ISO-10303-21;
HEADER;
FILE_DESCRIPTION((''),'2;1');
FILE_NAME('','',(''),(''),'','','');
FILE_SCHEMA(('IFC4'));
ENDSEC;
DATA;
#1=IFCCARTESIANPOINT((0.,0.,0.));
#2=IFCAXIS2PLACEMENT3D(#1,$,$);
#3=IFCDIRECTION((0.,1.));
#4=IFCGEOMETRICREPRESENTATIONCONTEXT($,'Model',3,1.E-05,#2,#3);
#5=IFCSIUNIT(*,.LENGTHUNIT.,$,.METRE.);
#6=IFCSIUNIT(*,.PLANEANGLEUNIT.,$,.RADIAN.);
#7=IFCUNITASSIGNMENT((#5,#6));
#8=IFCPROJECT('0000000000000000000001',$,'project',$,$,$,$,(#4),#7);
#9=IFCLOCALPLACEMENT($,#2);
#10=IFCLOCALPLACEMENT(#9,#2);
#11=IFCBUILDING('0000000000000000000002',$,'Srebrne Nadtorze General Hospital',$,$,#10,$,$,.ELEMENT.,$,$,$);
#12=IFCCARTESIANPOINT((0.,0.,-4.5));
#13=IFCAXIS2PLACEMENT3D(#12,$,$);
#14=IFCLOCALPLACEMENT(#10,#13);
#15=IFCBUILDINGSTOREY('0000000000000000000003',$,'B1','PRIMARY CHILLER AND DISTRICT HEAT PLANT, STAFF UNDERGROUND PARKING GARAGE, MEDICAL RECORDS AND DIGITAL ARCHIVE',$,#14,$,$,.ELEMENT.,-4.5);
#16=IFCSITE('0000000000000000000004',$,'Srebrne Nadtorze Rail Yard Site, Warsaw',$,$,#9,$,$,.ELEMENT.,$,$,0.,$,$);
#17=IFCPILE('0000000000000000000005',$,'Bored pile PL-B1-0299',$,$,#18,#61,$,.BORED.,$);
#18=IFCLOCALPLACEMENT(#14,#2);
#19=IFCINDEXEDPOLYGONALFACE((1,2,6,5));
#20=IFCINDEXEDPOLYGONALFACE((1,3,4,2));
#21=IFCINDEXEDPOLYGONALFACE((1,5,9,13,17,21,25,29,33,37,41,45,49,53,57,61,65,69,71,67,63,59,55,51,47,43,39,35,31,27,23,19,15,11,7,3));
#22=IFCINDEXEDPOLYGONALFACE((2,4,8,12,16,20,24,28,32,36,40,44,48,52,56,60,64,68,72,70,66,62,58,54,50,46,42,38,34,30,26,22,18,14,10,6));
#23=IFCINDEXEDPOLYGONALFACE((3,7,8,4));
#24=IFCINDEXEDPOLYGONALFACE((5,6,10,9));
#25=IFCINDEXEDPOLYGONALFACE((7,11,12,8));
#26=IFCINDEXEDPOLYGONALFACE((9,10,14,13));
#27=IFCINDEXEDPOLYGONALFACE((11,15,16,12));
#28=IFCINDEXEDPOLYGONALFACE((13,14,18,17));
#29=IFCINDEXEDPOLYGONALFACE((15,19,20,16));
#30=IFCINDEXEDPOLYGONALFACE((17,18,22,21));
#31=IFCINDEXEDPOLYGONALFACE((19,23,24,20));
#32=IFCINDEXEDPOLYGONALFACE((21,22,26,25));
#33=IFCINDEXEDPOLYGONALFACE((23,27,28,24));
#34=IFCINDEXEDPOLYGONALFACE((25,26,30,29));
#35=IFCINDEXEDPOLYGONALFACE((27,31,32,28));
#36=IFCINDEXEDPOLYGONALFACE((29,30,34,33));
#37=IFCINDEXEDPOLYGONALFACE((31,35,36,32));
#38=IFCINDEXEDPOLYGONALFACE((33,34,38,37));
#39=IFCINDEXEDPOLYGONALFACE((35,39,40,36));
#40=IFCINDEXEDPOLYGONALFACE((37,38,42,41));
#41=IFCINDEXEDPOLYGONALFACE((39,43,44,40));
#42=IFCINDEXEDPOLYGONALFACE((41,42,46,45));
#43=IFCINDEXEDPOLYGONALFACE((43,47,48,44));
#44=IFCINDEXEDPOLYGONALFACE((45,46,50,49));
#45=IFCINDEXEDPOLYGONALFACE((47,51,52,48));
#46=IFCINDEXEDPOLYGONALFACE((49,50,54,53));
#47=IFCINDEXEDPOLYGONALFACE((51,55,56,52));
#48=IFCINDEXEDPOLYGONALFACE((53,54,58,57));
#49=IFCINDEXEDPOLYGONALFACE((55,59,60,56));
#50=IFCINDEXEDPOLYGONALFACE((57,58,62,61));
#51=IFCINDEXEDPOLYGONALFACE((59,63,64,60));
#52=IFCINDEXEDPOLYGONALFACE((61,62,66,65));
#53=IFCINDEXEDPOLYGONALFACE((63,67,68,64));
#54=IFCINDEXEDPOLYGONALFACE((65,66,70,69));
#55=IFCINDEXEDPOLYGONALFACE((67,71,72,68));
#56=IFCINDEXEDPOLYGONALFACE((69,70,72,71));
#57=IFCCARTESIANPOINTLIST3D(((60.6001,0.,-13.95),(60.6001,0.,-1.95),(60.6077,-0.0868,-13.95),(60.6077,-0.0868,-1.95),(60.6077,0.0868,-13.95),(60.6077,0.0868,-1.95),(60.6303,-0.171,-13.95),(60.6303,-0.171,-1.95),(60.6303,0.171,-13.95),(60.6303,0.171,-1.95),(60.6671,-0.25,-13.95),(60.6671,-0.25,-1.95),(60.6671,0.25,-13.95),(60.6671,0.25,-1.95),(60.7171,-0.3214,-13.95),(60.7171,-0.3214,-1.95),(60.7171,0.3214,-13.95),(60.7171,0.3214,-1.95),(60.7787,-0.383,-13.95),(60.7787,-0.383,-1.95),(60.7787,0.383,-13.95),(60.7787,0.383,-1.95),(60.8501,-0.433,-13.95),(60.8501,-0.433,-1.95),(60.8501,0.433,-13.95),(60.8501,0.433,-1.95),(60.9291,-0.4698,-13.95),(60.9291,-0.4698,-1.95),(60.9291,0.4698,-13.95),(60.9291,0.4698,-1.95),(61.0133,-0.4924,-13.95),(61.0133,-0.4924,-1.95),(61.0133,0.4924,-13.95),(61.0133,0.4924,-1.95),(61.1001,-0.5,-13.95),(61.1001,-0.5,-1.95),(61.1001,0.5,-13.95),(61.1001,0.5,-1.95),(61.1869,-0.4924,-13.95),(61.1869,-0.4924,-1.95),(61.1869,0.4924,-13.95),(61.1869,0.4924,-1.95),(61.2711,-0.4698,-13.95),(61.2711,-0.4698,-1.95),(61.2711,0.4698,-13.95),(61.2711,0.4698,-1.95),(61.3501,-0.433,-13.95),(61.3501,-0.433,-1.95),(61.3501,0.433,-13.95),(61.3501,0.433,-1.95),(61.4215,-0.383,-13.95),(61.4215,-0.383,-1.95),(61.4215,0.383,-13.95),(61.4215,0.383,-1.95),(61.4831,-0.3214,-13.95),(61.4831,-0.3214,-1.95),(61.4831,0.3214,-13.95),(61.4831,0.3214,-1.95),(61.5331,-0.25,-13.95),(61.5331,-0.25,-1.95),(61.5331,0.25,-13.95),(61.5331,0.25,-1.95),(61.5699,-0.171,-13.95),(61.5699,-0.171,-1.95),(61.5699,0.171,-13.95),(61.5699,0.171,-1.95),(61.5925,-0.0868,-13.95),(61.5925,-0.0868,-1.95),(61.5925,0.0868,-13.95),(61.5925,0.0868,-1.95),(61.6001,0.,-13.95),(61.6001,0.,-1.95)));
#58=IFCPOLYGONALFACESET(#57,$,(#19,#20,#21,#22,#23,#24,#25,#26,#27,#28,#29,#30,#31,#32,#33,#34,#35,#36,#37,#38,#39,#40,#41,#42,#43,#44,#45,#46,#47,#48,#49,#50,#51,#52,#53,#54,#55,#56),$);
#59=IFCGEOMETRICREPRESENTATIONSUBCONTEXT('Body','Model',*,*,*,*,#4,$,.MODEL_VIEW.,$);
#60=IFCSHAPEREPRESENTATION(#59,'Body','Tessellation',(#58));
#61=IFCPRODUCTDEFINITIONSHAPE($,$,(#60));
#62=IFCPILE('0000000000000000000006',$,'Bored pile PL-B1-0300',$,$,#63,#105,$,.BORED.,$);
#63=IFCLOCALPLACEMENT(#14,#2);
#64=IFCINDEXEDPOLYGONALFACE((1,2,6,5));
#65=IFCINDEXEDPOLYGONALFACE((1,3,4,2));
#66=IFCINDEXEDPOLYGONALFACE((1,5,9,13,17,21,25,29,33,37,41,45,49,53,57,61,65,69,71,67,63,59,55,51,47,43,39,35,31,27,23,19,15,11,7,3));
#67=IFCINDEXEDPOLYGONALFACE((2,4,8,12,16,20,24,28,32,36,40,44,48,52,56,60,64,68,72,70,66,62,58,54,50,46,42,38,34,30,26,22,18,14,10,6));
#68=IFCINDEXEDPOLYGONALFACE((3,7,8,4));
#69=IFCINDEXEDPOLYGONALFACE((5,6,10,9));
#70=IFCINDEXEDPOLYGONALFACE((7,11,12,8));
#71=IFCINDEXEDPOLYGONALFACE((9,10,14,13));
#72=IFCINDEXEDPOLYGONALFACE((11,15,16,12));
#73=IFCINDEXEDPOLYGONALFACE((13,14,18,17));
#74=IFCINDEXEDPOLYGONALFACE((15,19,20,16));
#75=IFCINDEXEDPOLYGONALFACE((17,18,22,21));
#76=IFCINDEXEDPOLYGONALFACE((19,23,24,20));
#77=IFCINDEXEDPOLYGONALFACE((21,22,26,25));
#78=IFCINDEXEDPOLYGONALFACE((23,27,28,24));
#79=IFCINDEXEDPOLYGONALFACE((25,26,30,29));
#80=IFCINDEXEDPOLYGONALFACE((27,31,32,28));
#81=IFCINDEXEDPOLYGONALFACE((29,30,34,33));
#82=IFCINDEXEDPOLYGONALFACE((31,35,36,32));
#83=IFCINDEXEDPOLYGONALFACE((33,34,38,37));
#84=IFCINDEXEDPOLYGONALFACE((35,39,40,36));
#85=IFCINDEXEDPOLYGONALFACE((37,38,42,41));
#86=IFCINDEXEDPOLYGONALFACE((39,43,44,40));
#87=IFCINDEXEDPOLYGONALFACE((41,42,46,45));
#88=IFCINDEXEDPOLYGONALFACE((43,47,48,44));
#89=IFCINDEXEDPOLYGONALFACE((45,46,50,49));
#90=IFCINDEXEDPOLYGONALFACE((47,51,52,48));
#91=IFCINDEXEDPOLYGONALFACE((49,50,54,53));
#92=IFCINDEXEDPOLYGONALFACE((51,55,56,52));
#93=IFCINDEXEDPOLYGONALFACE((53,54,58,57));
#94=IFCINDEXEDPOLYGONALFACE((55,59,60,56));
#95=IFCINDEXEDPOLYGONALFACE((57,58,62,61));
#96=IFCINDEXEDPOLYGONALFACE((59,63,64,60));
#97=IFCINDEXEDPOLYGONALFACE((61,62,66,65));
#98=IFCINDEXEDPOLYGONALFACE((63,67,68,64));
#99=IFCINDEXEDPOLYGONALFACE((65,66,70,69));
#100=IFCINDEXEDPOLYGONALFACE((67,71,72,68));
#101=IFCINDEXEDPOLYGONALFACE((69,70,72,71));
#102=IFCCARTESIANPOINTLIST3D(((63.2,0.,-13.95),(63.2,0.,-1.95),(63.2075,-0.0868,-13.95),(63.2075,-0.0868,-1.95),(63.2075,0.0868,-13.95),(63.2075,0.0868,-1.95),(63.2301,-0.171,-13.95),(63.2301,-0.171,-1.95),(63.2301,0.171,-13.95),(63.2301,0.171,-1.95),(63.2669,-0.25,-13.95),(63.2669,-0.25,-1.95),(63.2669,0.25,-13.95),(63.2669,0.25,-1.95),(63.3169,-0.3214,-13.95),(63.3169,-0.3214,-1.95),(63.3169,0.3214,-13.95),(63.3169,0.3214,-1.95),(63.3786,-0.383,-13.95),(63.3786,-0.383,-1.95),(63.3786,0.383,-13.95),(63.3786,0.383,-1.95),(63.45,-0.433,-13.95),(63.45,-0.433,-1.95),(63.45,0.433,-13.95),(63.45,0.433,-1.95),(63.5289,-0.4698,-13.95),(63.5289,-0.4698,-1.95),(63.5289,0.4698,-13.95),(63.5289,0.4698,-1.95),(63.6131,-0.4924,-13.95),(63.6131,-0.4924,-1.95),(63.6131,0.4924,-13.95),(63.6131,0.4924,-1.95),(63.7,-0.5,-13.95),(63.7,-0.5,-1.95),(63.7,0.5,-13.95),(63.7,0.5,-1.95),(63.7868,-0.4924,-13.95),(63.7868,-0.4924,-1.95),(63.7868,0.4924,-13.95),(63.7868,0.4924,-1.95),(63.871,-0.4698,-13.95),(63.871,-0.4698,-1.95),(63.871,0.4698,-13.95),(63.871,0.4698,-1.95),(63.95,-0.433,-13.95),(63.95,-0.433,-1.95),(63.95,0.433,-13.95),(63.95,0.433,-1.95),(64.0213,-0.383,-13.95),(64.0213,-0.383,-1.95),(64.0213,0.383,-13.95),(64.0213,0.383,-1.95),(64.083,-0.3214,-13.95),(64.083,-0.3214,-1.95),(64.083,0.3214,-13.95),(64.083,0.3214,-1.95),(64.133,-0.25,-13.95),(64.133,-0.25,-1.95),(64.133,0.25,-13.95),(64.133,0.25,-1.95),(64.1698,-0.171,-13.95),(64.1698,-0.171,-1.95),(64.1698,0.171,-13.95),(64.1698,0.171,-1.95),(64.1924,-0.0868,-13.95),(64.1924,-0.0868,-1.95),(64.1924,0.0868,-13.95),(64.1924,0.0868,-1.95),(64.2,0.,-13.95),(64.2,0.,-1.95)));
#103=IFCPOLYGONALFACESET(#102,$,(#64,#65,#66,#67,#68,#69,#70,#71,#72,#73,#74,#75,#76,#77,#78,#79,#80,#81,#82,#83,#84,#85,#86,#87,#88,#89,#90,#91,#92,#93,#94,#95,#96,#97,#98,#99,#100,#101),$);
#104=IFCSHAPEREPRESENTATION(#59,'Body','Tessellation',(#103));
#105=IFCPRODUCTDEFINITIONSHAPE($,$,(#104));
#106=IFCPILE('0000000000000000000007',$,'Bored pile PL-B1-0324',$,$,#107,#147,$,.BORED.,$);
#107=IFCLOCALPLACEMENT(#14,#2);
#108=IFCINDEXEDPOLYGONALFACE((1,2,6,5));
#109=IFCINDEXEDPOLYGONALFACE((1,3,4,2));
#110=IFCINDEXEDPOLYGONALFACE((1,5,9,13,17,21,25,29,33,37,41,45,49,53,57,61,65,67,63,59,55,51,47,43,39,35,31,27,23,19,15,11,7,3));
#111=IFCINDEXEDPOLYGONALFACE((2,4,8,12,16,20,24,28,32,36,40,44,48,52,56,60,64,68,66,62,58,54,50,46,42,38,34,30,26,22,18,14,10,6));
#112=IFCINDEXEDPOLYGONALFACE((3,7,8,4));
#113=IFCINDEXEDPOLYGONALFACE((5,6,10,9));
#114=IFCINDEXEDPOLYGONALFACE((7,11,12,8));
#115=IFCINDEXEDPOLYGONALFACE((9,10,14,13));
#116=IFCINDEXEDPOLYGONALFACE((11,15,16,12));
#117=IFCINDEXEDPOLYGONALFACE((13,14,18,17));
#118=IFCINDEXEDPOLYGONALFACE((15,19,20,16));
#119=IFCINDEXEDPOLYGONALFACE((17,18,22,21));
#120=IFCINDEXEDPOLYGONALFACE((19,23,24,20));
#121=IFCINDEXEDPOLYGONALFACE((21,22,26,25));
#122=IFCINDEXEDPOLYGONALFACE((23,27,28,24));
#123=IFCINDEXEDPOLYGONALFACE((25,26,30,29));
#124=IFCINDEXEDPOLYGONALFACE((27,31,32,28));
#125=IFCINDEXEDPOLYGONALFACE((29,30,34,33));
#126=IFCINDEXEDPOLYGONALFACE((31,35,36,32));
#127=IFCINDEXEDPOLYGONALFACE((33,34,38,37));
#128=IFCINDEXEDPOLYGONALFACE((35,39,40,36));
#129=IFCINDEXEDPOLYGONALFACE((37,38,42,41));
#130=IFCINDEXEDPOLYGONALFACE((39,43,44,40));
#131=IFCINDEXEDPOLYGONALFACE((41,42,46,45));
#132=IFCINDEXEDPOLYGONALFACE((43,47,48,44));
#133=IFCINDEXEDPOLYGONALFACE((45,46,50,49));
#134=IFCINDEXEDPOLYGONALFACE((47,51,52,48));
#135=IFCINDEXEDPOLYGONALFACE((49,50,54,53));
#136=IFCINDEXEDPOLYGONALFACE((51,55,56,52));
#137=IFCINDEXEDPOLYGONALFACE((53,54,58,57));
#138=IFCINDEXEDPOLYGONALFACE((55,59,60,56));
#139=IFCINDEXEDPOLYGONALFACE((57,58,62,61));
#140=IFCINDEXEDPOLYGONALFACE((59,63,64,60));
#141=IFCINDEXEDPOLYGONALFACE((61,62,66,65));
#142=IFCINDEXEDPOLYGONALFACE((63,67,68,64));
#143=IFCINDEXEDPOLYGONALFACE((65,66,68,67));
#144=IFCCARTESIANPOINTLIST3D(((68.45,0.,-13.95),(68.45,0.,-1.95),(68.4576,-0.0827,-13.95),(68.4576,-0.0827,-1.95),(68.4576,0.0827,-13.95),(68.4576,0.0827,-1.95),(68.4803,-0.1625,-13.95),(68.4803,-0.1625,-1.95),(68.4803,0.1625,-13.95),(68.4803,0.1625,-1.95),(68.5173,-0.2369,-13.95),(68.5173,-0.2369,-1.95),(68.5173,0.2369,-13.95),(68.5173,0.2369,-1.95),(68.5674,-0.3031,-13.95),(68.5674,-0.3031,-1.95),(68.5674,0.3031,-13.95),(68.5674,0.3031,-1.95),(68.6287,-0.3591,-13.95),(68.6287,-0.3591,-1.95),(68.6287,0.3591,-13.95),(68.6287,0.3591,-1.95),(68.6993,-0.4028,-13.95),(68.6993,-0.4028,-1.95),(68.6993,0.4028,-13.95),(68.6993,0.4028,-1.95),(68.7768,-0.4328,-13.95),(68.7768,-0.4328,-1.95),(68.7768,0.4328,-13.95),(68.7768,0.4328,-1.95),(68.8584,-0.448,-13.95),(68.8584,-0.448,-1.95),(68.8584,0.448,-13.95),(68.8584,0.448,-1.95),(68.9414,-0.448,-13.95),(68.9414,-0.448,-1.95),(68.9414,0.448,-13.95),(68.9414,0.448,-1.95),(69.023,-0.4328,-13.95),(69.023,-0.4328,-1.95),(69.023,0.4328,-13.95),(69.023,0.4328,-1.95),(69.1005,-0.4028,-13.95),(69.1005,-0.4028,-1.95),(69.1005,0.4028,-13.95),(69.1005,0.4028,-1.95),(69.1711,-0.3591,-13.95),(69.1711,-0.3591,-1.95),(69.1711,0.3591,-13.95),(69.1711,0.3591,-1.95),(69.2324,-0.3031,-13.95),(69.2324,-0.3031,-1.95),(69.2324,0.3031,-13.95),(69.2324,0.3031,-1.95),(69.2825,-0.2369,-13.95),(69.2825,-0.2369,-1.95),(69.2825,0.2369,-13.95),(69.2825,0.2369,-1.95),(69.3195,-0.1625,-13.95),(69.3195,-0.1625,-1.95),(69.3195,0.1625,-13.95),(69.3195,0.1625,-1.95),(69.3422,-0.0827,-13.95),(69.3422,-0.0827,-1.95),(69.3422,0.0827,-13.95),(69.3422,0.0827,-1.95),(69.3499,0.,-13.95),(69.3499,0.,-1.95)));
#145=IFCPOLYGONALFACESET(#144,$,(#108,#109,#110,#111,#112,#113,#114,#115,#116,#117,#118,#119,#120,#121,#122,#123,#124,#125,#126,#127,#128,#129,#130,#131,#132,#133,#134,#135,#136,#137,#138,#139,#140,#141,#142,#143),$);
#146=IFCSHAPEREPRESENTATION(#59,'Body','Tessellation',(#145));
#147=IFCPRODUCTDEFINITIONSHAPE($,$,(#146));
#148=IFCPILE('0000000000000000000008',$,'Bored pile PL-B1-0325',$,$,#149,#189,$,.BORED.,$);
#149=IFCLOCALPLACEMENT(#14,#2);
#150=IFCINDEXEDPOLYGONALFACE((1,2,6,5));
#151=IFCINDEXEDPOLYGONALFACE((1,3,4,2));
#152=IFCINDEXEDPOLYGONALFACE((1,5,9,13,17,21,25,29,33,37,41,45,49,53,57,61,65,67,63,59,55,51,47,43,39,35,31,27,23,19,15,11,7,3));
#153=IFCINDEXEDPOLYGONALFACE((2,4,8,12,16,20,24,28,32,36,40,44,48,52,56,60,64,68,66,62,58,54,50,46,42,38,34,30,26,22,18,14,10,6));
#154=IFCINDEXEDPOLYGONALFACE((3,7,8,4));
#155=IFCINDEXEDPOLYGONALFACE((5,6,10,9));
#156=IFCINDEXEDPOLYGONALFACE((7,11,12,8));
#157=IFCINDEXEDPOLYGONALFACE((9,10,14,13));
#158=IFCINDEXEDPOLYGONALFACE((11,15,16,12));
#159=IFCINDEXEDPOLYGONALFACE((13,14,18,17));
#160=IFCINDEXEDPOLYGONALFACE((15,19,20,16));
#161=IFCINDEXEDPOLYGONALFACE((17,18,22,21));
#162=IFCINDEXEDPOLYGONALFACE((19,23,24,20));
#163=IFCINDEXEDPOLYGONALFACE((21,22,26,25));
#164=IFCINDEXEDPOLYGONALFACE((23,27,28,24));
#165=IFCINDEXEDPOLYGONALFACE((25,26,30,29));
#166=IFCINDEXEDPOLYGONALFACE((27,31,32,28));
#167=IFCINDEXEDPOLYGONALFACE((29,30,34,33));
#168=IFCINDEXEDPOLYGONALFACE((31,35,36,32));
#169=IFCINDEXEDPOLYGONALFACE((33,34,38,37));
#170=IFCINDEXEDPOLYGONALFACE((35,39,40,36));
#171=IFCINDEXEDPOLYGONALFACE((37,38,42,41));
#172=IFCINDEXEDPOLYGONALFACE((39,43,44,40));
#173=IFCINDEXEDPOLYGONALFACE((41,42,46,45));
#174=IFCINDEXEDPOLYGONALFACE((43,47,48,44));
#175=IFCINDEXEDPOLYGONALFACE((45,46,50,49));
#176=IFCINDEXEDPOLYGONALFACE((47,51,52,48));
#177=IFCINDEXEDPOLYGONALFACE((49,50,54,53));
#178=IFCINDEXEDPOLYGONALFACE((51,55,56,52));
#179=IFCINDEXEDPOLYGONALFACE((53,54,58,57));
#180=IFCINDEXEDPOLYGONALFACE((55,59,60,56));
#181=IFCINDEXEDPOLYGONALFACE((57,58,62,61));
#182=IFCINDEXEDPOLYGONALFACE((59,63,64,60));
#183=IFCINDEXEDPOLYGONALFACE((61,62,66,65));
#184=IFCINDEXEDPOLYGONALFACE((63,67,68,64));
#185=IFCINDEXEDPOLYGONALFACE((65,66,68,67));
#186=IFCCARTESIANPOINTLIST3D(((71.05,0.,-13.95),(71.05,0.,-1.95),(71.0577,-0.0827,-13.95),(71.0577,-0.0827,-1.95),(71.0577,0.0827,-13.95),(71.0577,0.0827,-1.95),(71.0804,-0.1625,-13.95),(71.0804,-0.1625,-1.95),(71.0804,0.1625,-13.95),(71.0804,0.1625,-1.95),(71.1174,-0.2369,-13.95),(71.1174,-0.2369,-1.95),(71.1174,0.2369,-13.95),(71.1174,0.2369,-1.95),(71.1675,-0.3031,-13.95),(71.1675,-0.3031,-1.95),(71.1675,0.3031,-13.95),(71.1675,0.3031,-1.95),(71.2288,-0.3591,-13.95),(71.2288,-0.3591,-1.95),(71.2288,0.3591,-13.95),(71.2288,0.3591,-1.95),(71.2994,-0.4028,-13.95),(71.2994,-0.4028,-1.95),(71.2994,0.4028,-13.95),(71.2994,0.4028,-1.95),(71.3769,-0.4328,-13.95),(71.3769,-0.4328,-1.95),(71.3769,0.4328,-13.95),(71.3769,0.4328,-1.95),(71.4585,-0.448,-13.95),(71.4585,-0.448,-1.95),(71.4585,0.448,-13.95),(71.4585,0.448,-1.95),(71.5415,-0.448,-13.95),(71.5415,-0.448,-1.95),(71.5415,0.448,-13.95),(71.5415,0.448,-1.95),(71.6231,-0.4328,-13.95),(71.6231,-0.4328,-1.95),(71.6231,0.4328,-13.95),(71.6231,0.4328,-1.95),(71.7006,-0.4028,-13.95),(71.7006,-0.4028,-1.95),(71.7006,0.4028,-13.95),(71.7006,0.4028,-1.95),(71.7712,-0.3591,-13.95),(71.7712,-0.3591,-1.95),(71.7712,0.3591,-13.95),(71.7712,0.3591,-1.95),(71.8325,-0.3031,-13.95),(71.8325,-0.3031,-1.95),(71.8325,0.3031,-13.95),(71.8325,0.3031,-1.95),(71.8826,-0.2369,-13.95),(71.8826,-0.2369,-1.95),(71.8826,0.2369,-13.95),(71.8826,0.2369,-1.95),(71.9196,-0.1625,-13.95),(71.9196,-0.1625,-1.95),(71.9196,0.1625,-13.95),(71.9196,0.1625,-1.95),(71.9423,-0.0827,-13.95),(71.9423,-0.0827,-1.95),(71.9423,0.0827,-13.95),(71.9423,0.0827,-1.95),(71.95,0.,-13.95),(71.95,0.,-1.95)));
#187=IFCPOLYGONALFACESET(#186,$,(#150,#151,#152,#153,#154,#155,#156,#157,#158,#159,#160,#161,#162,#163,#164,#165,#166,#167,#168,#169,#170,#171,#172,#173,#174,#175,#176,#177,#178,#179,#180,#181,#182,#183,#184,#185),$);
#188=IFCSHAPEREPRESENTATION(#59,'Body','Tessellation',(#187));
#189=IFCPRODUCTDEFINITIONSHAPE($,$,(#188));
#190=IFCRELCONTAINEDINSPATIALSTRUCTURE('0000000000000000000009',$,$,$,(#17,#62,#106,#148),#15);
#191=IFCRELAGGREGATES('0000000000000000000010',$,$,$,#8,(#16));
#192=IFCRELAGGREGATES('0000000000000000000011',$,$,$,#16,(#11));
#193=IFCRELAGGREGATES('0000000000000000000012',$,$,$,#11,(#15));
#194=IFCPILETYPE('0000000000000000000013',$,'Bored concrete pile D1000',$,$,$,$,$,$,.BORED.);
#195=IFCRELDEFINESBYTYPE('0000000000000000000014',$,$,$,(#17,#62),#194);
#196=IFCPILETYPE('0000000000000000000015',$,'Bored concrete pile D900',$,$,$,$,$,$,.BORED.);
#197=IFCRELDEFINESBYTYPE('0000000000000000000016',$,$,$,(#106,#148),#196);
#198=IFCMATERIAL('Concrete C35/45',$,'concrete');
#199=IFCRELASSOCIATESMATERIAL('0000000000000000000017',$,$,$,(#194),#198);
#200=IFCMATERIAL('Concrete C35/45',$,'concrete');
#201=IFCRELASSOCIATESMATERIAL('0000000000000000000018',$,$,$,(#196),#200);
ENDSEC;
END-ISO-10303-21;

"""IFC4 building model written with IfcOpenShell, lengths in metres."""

from ifc_helpers import new_model, si_unit, direction, frame, origin, origin_2d, place, context, subcontext, project, spatial, circle, extrude, material, material_profile, profile_set, type_object, element, save


model = new_model("IFC4")

# Units and contexts
model_context = context("Model", 3, precision=1e-05, world=origin(), true_north=direction((0.0, 1.0)))
body_context = subcontext(model_context, "Body", "Model", "MODEL_VIEW")
ifc_project = project(units=[si_unit("LENGTHUNIT", "METRE"), si_unit("PLANEANGLEUNIT", "RADIAN")], contexts=[model_context])

# Site, building, storey
site_placement = place(None, origin())
site = spatial("IfcSite", under=ifc_project, at=site_placement, Name="Srebrne Nadtorze Rail Yard Site, Warsaw", CompositionType="ELEMENT", RefElevation=0.0)
building_placement = place(site_placement, origin())
building = spatial("IfcBuilding", under=site, at=building_placement, Name="Srebrne Nadtorze General Hospital", CompositionType="ELEMENT")
storey_placement = place(building_placement, frame((0.0, 0.0, -4.5)))
storey = spatial("IfcBuildingStorey", under=building, at=storey_placement, Name="B1", Description="PRIMARY CHILLER AND DISTRICT HEAT PLANT, STAFF UNDERGROUND PARKING GARAGE, MEDICAL RECORDS AND DIGITAL ARCHIVE", CompositionType="ELEMENT", Elevation=-4.5)

# Piles
ifc_material_1 = material(Name="Concrete C35/45", Category="concrete")
ifc_material_profile_1 = material_profile(ifc_material_1, circle(Radius=0.5, at=origin_2d()), Name="PILE-D1000")
ifc_profile_set_1 = profile_set([ifc_material_profile_1], Name="Concrete C35/45")
pile_type_1 = type_object("IfcPileType", Name="Bored concrete pile D1000", PredefinedType="BORED", material=ifc_profile_set_1)
for number, where, z_axis, x_axis, name in (
    (1, (61.1001, 0.0, -1.95), (0.0, 0.0, -1.0), (1.0, 0.0, 0.0), "Bored pile PL-B1-0299"),
    (2, (63.7, 0.0, -1.95), (0.0, 0.0, -1.0), (1.0, 0.0, 0.0), "Bored pile PL-B1-0300"),
):
    element("IfcPile", number, at=place(storey_placement, frame(where, z_axis=z_axis, x_axis=x_axis)), inside=storey, type_object=pile_type_1, Name=name, PredefinedType="BORED", context=body_context, shape_type="SweptSolid", body=[
        extrude(circle(Radius=0.5, at=origin_2d()), origin(), (0.0, 0.0, 1.0), 12.0),
    ])
ifc_material_2 = material(Name="Concrete C35/45", Category="concrete")
ifc_material_profile_2 = material_profile(ifc_material_2, circle(Radius=0.45, at=origin_2d()), Name="PILE-D900")
ifc_profile_set_2 = profile_set([ifc_material_profile_2], Name="Concrete C35/45")
pile_type_2 = type_object("IfcPileType", Name="Bored concrete pile D900", PredefinedType="BORED", material=ifc_profile_set_2)
for number, where, z_axis, x_axis, name in (
    (3, (68.8999, 0.0, -1.95), (0.0, 0.0, -1.0), (1.0, 0.0, 0.0), "Bored pile PL-B1-0324"),
    (4, (71.5, 0.0, -1.95), (0.0, 0.0, -1.0), (1.0, 0.0, 0.0), "Bored pile PL-B1-0325"),
):
    element("IfcPile", number, at=place(storey_placement, frame(where, z_axis=z_axis, x_axis=x_axis)), inside=storey, type_object=pile_type_2, Name=name, PredefinedType="BORED", context=body_context, shape_type="SweptSolid", body=[
        extrude(circle(Radius=0.45, at=origin_2d()), origin(), (0.0, 0.0, 1.0), 12.0),
    ])

save(model, "model.ifc")
